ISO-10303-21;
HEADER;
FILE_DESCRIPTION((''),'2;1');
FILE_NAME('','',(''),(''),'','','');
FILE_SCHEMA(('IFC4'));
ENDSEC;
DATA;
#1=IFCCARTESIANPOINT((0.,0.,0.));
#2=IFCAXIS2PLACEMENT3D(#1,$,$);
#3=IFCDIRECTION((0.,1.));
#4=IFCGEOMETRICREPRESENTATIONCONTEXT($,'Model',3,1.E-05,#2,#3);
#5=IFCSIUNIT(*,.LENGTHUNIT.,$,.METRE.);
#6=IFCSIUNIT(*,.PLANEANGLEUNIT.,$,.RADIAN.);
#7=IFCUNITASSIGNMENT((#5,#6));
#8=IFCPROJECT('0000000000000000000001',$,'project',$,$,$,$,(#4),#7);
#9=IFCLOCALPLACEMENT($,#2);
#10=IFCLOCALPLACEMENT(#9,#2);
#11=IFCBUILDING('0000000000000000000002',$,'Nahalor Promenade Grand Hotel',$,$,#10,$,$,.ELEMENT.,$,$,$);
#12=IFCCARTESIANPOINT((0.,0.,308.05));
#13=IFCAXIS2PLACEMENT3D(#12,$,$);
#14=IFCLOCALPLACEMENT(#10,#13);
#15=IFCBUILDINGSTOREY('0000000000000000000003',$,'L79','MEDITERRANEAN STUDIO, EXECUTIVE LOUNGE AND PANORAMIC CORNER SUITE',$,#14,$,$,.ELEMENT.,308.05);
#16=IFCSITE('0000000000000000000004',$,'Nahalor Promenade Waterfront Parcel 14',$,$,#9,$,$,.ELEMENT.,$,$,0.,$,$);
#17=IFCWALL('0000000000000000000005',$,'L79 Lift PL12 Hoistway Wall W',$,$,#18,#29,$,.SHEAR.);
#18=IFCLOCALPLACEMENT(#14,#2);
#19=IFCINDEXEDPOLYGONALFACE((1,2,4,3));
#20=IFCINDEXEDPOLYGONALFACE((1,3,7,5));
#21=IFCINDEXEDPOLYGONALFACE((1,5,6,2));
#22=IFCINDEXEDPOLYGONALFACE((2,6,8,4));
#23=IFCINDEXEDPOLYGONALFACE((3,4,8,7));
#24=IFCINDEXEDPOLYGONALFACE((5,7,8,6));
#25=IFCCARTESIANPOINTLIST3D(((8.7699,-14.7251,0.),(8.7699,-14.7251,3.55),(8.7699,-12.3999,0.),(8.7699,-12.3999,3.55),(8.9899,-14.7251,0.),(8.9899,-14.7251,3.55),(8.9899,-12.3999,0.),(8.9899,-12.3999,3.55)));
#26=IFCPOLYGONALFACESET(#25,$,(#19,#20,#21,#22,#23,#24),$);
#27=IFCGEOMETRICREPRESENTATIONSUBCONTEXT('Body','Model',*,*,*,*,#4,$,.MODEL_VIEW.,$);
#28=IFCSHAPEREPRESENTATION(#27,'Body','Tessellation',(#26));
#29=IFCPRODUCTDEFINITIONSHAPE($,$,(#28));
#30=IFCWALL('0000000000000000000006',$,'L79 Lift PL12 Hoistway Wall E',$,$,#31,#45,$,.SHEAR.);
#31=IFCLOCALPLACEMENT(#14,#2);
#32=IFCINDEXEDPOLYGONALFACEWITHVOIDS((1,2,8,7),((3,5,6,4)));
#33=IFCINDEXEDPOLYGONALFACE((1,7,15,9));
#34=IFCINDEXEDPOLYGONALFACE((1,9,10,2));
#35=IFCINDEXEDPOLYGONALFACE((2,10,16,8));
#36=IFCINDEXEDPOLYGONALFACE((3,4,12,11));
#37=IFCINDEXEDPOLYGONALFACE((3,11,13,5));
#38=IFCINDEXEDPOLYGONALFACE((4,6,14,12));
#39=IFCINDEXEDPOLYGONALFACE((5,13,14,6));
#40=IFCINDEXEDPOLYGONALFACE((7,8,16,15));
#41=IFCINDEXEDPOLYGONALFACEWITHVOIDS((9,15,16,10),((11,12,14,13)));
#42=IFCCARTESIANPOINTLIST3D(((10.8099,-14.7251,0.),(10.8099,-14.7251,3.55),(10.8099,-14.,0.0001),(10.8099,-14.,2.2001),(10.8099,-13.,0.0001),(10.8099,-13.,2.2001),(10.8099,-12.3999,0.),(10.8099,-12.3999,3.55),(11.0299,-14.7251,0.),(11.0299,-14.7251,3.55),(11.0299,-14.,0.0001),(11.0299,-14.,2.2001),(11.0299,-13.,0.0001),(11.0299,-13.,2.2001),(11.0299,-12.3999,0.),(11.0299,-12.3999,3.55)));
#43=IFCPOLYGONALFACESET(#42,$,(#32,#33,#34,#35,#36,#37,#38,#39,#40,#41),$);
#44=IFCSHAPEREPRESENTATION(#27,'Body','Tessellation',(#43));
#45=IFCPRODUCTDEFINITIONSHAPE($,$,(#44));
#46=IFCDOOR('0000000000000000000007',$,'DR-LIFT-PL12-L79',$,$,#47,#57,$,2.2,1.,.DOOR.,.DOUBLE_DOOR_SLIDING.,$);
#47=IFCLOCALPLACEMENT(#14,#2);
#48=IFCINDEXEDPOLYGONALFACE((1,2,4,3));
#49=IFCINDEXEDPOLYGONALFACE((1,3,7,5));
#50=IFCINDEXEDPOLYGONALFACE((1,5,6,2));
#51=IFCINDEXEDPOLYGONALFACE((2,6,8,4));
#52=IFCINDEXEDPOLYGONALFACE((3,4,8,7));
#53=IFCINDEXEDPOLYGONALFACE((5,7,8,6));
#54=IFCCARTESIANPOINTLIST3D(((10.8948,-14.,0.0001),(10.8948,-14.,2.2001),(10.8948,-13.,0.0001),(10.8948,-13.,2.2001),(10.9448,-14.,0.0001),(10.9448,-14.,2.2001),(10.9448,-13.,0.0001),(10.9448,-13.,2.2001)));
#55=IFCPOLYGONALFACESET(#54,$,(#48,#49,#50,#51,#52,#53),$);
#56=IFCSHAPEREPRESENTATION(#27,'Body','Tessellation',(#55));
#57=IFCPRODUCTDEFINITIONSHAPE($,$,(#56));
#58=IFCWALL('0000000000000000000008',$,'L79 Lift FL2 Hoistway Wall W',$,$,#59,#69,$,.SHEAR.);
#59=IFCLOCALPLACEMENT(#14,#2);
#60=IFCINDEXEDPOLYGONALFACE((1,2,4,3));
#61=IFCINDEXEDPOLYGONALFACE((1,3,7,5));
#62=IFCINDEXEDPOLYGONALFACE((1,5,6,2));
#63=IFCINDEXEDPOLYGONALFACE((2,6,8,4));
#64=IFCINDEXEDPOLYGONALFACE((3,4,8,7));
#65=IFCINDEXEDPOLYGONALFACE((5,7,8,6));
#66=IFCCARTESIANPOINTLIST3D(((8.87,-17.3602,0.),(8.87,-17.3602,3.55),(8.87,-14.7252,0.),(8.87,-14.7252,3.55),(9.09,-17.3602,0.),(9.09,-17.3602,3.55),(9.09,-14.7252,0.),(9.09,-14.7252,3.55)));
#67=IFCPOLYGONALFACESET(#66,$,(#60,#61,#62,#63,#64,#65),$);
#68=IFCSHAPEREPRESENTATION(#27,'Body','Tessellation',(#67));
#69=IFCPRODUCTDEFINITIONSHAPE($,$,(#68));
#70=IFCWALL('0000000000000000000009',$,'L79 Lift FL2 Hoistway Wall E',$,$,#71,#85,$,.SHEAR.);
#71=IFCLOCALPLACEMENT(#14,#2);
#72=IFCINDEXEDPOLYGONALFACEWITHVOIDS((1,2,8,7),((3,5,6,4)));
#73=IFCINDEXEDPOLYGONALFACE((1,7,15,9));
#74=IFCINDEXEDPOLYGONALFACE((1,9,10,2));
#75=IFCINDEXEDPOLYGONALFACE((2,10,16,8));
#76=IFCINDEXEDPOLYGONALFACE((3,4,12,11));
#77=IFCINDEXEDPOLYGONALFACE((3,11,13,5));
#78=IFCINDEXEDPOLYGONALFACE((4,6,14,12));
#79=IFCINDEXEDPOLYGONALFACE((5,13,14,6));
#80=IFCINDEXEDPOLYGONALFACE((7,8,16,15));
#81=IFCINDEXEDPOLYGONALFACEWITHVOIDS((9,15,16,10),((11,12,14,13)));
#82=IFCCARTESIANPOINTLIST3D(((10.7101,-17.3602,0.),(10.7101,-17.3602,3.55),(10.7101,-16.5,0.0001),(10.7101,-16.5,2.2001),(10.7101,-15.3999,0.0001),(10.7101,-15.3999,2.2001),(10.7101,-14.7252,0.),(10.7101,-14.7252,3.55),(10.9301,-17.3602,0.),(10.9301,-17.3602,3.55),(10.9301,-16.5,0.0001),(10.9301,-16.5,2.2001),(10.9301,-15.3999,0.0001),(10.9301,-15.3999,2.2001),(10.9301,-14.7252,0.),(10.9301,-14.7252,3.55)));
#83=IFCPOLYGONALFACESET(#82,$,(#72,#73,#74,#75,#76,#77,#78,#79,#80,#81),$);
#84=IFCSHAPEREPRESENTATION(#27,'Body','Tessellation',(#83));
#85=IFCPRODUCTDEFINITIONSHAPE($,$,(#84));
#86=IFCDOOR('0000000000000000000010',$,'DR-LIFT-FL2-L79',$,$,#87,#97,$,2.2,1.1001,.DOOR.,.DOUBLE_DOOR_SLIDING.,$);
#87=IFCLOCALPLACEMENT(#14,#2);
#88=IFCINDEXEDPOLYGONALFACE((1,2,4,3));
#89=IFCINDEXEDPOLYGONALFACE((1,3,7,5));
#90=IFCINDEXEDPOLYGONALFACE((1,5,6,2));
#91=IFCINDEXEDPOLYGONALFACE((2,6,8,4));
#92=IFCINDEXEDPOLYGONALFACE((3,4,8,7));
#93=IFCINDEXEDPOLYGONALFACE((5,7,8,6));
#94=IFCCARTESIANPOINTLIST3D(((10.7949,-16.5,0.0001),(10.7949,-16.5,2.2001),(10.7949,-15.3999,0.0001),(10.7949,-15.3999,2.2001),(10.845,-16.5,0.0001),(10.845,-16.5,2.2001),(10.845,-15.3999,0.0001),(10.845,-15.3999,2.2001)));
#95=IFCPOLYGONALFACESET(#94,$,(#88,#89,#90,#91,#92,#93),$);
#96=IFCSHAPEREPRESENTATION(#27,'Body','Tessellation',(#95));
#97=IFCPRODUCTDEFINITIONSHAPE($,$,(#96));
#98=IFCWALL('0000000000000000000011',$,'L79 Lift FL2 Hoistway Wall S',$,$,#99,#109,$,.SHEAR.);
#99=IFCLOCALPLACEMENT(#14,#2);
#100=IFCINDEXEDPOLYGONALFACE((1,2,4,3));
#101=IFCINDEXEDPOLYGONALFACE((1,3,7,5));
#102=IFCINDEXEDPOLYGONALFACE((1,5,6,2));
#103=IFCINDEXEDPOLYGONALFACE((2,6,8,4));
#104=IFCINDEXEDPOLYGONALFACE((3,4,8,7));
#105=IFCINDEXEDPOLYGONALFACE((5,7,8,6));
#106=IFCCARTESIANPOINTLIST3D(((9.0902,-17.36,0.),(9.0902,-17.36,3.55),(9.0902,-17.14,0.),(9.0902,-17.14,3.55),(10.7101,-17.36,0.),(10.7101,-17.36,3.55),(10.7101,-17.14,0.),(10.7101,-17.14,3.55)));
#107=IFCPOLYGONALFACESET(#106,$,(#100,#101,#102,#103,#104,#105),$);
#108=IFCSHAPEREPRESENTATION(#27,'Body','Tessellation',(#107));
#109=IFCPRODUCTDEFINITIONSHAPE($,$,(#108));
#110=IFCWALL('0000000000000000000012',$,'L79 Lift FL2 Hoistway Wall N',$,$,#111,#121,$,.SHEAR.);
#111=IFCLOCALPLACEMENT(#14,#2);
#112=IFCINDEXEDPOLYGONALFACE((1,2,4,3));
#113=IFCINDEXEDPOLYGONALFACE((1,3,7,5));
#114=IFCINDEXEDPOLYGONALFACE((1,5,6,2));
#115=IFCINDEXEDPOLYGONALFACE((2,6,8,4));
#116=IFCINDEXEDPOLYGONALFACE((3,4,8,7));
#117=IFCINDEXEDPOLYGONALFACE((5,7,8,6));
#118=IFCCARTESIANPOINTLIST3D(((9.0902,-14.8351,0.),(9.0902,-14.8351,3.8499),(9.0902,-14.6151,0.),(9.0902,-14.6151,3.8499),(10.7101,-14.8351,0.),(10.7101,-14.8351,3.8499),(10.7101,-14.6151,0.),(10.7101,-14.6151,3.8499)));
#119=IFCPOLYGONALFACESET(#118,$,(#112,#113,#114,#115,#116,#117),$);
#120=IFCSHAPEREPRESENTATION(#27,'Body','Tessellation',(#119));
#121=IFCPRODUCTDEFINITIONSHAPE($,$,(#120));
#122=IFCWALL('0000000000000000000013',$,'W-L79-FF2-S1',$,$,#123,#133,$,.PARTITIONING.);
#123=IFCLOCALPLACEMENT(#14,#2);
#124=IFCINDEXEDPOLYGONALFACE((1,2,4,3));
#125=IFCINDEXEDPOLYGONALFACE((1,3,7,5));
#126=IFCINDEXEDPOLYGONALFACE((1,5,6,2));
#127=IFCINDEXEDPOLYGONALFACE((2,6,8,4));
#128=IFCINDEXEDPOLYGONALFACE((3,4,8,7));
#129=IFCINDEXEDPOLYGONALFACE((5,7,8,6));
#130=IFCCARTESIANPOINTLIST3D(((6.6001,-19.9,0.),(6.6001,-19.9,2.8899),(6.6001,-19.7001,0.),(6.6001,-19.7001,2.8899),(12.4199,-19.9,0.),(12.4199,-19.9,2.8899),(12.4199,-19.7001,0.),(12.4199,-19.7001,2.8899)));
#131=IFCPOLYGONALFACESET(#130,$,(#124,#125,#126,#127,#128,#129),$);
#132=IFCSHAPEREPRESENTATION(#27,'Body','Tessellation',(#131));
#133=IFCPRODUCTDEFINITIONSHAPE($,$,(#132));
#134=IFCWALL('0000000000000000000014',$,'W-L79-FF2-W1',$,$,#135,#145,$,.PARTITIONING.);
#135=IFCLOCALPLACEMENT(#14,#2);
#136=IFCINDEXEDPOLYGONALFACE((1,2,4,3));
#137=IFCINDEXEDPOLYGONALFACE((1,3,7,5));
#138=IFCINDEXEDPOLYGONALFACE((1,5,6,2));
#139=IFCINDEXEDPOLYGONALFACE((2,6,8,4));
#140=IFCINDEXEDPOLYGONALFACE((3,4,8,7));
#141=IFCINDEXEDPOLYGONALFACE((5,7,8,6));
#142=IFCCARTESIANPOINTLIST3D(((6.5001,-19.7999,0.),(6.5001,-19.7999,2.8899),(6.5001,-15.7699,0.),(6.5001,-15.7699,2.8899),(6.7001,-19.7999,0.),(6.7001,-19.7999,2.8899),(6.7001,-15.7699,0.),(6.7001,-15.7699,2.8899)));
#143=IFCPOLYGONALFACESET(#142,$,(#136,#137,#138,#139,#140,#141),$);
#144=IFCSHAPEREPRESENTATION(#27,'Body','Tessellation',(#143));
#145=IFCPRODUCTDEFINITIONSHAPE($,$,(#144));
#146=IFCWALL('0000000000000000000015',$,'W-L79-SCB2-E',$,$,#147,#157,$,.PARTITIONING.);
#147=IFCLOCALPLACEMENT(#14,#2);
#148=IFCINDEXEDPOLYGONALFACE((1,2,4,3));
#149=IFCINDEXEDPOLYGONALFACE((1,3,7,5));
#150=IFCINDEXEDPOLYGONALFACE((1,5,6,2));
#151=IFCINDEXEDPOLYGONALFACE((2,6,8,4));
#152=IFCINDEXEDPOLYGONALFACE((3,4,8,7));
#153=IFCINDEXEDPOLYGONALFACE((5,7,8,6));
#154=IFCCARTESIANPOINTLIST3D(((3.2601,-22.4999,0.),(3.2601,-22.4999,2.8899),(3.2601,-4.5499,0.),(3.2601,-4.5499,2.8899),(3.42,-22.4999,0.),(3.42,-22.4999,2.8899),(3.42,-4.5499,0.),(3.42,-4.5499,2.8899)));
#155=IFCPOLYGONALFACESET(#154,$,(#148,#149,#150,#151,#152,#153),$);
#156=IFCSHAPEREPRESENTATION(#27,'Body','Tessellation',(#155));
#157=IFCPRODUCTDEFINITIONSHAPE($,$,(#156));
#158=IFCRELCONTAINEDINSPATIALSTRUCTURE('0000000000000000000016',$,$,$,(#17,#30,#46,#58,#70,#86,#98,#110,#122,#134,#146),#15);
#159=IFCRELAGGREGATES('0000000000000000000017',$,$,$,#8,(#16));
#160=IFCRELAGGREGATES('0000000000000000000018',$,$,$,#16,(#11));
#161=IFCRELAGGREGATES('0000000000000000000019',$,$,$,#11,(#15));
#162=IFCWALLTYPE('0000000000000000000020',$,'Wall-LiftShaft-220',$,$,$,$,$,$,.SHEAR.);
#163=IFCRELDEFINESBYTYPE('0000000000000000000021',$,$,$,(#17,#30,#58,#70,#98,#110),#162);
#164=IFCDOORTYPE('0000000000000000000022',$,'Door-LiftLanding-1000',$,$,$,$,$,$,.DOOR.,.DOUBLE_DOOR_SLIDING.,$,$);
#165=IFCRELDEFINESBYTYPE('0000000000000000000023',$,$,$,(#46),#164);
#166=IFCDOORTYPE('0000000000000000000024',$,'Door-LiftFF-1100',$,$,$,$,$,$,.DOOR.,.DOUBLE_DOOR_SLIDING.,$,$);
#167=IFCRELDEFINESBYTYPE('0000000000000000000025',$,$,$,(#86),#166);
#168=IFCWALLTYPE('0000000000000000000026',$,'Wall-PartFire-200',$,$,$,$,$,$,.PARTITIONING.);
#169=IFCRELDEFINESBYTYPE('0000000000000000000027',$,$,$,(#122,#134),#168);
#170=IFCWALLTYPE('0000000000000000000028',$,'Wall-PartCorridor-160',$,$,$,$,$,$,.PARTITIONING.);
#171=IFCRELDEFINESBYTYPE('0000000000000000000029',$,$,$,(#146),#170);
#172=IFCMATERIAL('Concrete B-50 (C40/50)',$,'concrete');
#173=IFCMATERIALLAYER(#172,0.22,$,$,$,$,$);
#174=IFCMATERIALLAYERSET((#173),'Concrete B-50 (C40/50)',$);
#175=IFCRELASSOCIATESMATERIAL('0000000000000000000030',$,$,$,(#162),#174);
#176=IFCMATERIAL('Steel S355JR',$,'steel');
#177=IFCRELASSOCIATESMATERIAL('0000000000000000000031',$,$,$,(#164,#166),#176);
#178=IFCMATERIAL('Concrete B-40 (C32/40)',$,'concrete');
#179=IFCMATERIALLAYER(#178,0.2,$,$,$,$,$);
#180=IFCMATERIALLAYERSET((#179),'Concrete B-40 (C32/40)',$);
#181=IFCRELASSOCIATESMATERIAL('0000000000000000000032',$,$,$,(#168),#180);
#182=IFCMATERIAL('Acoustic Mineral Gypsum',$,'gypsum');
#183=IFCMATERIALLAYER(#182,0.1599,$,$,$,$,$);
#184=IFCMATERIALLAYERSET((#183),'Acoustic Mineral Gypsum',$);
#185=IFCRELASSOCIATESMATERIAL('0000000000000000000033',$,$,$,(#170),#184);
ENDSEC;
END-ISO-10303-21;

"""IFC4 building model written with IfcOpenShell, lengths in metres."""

from ifc_helpers import new_model, si_unit, direction, frame, frame_2d, origin, place, context, subcontext, project, spatial, rectangle, extrude, source, transform, mapped, material, layer, layer_set, type_object, element, fill, save


model = new_model("IFC4")

# Units and contexts
model_context = context("Model", 3, precision=1e-05, world=origin(), true_north=direction((0.0, 1.0)))
body_context = subcontext(model_context, "Body", "Model", "MODEL_VIEW")
ifc_project = project(units=[si_unit("LENGTHUNIT", "METRE"), si_unit("PLANEANGLEUNIT", "RADIAN")], contexts=[model_context])

# Site, building, storey
site_placement = place(None, origin())
site = spatial("IfcSite", under=ifc_project, at=site_placement, Name="Nahalor Promenade Waterfront Parcel 14", CompositionType="ELEMENT", RefElevation=0.0)
building_placement = place(site_placement, origin())
building = spatial("IfcBuilding", under=site, at=building_placement, Name="Nahalor Promenade Grand Hotel", CompositionType="ELEMENT")
storey_placement = place(building_placement, frame((0.0, 0.0, 308.05)))
storey = spatial("IfcBuildingStorey", under=building, at=storey_placement, Name="L79", Description="MEDITERRANEAN STUDIO, EXECUTIVE LOUNGE AND PANORAMIC CORNER SUITE", CompositionType="ELEMENT", Elevation=308.05)

# Shared definitions
ifc_material_1 = material(Name="Concrete B-50 (C40/50)", Category="concrete")
ifc_material_2 = material(Name="Steel S355JR", Category="steel")

# Wall
ifc_layer_1 = layer(ifc_material_1, 0.22)
ifc_layer_set_1 = layer_set([ifc_layer_1], Name="Concrete B-50 (C40/50)")
wall_type_1 = type_object("IfcWallType", Name="Wall-LiftShaft-220", PredefinedType="SHEAR", material=ifc_layer_set_1)
shared_shape_1 = source(origin(), body_context, "Body", "SweptSolid", [
    extrude(rectangle(XDim=2.3252, YDim=0.22, at=frame_2d((1.1626, 0.0))), origin(), (0.0, 0.0, 1.0), 3.55),
])
wall_1_placement = place(storey_placement, frame((8.8799, -14.7251, 0.0), z_axis=(0.0, 0.0, 1.0), x_axis=(0.0, 1.0, 0.0)))
element("IfcWall", 1, at=wall_1_placement, inside=storey, type_object=wall_type_1, Name="L79 Lift PL12 Hoistway Wall W", PredefinedType="SHEAR", context=body_context, shape_type="MappedRepresentation", body=[
    mapped(shared_shape_1, transform((0.0, 0.0, 0.0), scale=1.0)),
])

# Wall, opening, door
wall_2_placement = place(storey_placement, frame((10.9199, -14.7251, 0.0), z_axis=(0.0, 0.0, 1.0), x_axis=(0.0, 1.0, 0.0)))
wall_2 = element("IfcWall", 2, at=wall_2_placement, inside=storey, type_object=wall_type_1, Name="L79 Lift PL12 Hoistway Wall E", PredefinedType="SHEAR", context=body_context, shape_type="MappedRepresentation", body=[
    mapped(shared_shape_1, transform((0.0, 0.0, 0.0), scale=1.0)),
])
opening_1_placement = place(wall_2_placement, frame((0.7251, 0.0, 0.0)))
opening_1 = element("IfcOpeningElement", 3, at=opening_1_placement, cuts=wall_2, PredefinedType="OPENING", context=body_context, shape_type="SweptSolid", body=[
    extrude(rectangle(XDim=1.0, YDim=2.2, at=frame_2d((0.5, 1.1001))), frame((0.0, 0.1199, 0.0), z_axis=(0.0, -1.0, 0.0), x_axis=(1.0, 0.0, 0.0)), (0.0, 0.0, 1.0), 0.24),
])
door_type_1 = type_object("IfcDoorType", Name="Door-LiftLanding-1000", OperationType="DOUBLE_DOOR_SLIDING", PredefinedType="DOOR", material=ifc_material_2)
shared_shape_2 = source(origin(), body_context, "Body", "SweptSolid", [
    extrude(rectangle(XDim=1.0, YDim=2.2, at=frame_2d((0.5, 1.1001))), frame((0.0, 0.0249, 0.0), z_axis=(0.0, -1.0, 0.0), x_axis=(1.0, 0.0, 0.0)), (0.0, 0.0, 1.0), 0.05),
])
door_1_placement = place(opening_1_placement, frame((1.0, 0.0, 0.0), z_axis=(0.0, 0.0, 1.0), x_axis=(-1.0, 0.0, 0.0)))
door_1 = element("IfcDoor", 4, at=door_1_placement, inside=storey, type_object=door_type_1, Name="DR-LIFT-PL12-L79", OperationType="DOUBLE_DOOR_SLIDING", OverallHeight=2.2, OverallWidth=1.0, PredefinedType="DOOR", context=body_context, shape_type="MappedRepresentation", body=[
    mapped(shared_shape_2, transform((0.0, 0.0, 0.0), scale=1.0)),
])
fill(opening_1, door_1)

# Wall
shared_shape_3 = source(origin(), body_context, "Body", "SweptSolid", [
    extrude(rectangle(XDim=2.635, YDim=0.22, at=frame_2d((1.3174, 0.0))), origin(), (0.0, 0.0, 1.0), 3.55),
])
wall_3_placement = place(storey_placement, frame((8.98, -17.3601, 0.0), z_axis=(0.0, 0.0, 1.0), x_axis=(0.0, 1.0, 0.0)))
element("IfcWall", 5, at=wall_3_placement, inside=storey, type_object=wall_type_1, Name="L79 Lift FL2 Hoistway Wall W", PredefinedType="SHEAR", context=body_context, shape_type="MappedRepresentation", body=[
    mapped(shared_shape_3, transform((0.0, 0.0, 0.0), scale=1.0)),
])

# Wall, opening, door
wall_4_placement = place(storey_placement, frame((10.8201, -17.3601, 0.0), z_axis=(0.0, 0.0, 1.0), x_axis=(0.0, 1.0, 0.0)))
wall_4 = element("IfcWall", 6, at=wall_4_placement, inside=storey, type_object=wall_type_1, Name="L79 Lift FL2 Hoistway Wall E", PredefinedType="SHEAR", context=body_context, shape_type="MappedRepresentation", body=[
    mapped(shared_shape_3, transform((0.0, 0.0, 0.0), scale=1.0)),
])
opening_2_placement = place(wall_4_placement, frame((0.8601, 0.0, 0.0)))
opening_2 = element("IfcOpeningElement", 7, at=opening_2_placement, cuts=wall_4, PredefinedType="OPENING", context=body_context, shape_type="SweptSolid", body=[
    extrude(rectangle(XDim=1.1001, YDim=2.2, at=frame_2d((0.55, 1.1001))), frame((0.0, 0.1199, 0.0), z_axis=(0.0, -1.0, 0.0), x_axis=(1.0, 0.0, 0.0)), (0.0, 0.0, 1.0), 0.24),
])
door_type_2 = type_object("IfcDoorType", Name="Door-LiftFF-1100", OperationType="DOUBLE_DOOR_SLIDING", PredefinedType="DOOR", material=ifc_material_2)
shared_shape_4 = source(origin(), body_context, "Body", "SweptSolid", [
    extrude(rectangle(XDim=1.1001, YDim=2.2, at=frame_2d((0.55, 1.1001))), frame((0.0, 0.0249, 0.0), z_axis=(0.0, -1.0, 0.0), x_axis=(1.0, 0.0, 0.0)), (0.0, 0.0, 1.0), 0.05),
])
door_2_placement = place(opening_2_placement, frame((1.1001, 0.0, 0.0), z_axis=(0.0, 0.0, 1.0), x_axis=(-1.0, 0.0, 0.0)))
door_2 = element("IfcDoor", 8, at=door_2_placement, inside=storey, type_object=door_type_2, Name="DR-LIFT-FL2-L79", OperationType="DOUBLE_DOOR_SLIDING", OverallHeight=2.2, OverallWidth=1.1001, PredefinedType="DOOR", context=body_context, shape_type="MappedRepresentation", body=[
    mapped(shared_shape_4, transform((0.0, 0.0, 0.0), scale=1.0)),
])
fill(opening_2, door_2)

# Walls
shared_shape_5 = source(origin(), body_context, "Body", "SweptSolid", [
    extrude(rectangle(XDim=1.6199, YDim=0.22, at=frame_2d((0.8101, 0.0))), origin(), (0.0, 0.0, 1.0), 3.55),
])
wall_5_placement = place(storey_placement, frame((9.0901, -17.25, 0.0), z_axis=(0.0, 0.0, 1.0), x_axis=(1.0, 0.0, 0.0)))
element("IfcWall", 9, at=wall_5_placement, inside=storey, type_object=wall_type_1, Name="L79 Lift FL2 Hoistway Wall S", PredefinedType="SHEAR", context=body_context, shape_type="MappedRepresentation", body=[
    mapped(shared_shape_5, transform((0.0, 0.0, 0.0), scale=1.0)),
])
shared_shape_6 = source(origin(), body_context, "Body", "SweptSolid", [
    extrude(rectangle(XDim=1.6199, YDim=0.22, at=frame_2d((0.8101, 0.0))), origin(), (0.0, 0.0, 1.0), 3.8499),
])
wall_6_placement = place(storey_placement, frame((9.0901, -14.7251, 0.0), z_axis=(0.0, 0.0, 1.0), x_axis=(1.0, 0.0, 0.0)))
element("IfcWall", 10, at=wall_6_placement, inside=storey, type_object=wall_type_1, Name="L79 Lift FL2 Hoistway Wall N", PredefinedType="SHEAR", context=body_context, shape_type="MappedRepresentation", body=[
    mapped(shared_shape_6, transform((0.0, 0.0, 0.0), scale=1.0)),
])
ifc_material_3 = material(Name="Concrete B-40 (C32/40)", Category="concrete")
ifc_layer_2 = layer(ifc_material_3, 0.2)
ifc_layer_set_2 = layer_set([ifc_layer_2], Name="Concrete B-40 (C32/40)")
wall_type_2 = type_object("IfcWallType", Name="Wall-PartFire-200", PredefinedType="PARTITIONING", material=ifc_layer_set_2)
shared_shape_7 = source(origin(), body_context, "Body", "SweptSolid", [
    extrude(rectangle(XDim=5.8198, YDim=0.2, at=frame_2d((2.9099, 0.0))), origin(), (0.0, 0.0, 1.0), 2.8899),
])
wall_7_placement = place(storey_placement, frame((6.6001, -19.8, 0.0), z_axis=(0.0, 0.0, 1.0), x_axis=(1.0, 0.0, 0.0)))
element("IfcWall", 11, at=wall_7_placement, inside=storey, type_object=wall_type_2, Name="W-L79-FF2-S1", PredefinedType="PARTITIONING", context=body_context, shape_type="MappedRepresentation", body=[
    mapped(shared_shape_7, transform((0.0, 0.0, 0.0), scale=1.0)),
])
shared_shape_8 = source(origin(), body_context, "Body", "SweptSolid", [
    extrude(rectangle(XDim=4.03, YDim=0.2, at=frame_2d((2.0151, 0.0))), origin(), (0.0, 0.0, 1.0), 2.8899),
])
wall_8_placement = place(storey_placement, frame((6.6001, -19.8, 0.0), z_axis=(0.0, 0.0, 1.0), x_axis=(0.0, 1.0, 0.0)))
element("IfcWall", 12, at=wall_8_placement, inside=storey, type_object=wall_type_2, Name="W-L79-FF2-W1", PredefinedType="PARTITIONING", context=body_context, shape_type="MappedRepresentation", body=[
    mapped(shared_shape_8, transform((0.0, 0.0, 0.0), scale=1.0)),
])

# Wall
ifc_material_4 = material(Name="Acoustic Mineral Gypsum", Category="gypsum")
ifc_layer_3 = layer(ifc_material_4, 0.1599)
ifc_layer_set_3 = layer_set([ifc_layer_3], Name="Acoustic Mineral Gypsum")
wall_type_3 = type_object("IfcWallType", Name="Wall-PartCorridor-160", PredefinedType="PARTITIONING", material=ifc_layer_set_3)
shared_shape_9 = source(origin(), body_context, "Body", "SweptSolid", [
    extrude(rectangle(XDim=17.95, YDim=0.1599, at=frame_2d((8.9751, 0.0))), origin(), (0.0, 0.0, 1.0), 2.8899),
])
wall_9_placement = place(storey_placement, frame((3.3401, -22.5, 0.0), z_axis=(0.0, 0.0, 1.0), x_axis=(0.0, 1.0, 0.0)))
element("IfcWall", 13, at=wall_9_placement, inside=storey, type_object=wall_type_3, Name="W-L79-SCB2-E", PredefinedType="PARTITIONING", context=body_context, shape_type="MappedRepresentation", body=[
    mapped(shared_shape_9, transform((0.0, 0.0, 0.0), scale=1.0)),
])

save(model, "model.ifc")
